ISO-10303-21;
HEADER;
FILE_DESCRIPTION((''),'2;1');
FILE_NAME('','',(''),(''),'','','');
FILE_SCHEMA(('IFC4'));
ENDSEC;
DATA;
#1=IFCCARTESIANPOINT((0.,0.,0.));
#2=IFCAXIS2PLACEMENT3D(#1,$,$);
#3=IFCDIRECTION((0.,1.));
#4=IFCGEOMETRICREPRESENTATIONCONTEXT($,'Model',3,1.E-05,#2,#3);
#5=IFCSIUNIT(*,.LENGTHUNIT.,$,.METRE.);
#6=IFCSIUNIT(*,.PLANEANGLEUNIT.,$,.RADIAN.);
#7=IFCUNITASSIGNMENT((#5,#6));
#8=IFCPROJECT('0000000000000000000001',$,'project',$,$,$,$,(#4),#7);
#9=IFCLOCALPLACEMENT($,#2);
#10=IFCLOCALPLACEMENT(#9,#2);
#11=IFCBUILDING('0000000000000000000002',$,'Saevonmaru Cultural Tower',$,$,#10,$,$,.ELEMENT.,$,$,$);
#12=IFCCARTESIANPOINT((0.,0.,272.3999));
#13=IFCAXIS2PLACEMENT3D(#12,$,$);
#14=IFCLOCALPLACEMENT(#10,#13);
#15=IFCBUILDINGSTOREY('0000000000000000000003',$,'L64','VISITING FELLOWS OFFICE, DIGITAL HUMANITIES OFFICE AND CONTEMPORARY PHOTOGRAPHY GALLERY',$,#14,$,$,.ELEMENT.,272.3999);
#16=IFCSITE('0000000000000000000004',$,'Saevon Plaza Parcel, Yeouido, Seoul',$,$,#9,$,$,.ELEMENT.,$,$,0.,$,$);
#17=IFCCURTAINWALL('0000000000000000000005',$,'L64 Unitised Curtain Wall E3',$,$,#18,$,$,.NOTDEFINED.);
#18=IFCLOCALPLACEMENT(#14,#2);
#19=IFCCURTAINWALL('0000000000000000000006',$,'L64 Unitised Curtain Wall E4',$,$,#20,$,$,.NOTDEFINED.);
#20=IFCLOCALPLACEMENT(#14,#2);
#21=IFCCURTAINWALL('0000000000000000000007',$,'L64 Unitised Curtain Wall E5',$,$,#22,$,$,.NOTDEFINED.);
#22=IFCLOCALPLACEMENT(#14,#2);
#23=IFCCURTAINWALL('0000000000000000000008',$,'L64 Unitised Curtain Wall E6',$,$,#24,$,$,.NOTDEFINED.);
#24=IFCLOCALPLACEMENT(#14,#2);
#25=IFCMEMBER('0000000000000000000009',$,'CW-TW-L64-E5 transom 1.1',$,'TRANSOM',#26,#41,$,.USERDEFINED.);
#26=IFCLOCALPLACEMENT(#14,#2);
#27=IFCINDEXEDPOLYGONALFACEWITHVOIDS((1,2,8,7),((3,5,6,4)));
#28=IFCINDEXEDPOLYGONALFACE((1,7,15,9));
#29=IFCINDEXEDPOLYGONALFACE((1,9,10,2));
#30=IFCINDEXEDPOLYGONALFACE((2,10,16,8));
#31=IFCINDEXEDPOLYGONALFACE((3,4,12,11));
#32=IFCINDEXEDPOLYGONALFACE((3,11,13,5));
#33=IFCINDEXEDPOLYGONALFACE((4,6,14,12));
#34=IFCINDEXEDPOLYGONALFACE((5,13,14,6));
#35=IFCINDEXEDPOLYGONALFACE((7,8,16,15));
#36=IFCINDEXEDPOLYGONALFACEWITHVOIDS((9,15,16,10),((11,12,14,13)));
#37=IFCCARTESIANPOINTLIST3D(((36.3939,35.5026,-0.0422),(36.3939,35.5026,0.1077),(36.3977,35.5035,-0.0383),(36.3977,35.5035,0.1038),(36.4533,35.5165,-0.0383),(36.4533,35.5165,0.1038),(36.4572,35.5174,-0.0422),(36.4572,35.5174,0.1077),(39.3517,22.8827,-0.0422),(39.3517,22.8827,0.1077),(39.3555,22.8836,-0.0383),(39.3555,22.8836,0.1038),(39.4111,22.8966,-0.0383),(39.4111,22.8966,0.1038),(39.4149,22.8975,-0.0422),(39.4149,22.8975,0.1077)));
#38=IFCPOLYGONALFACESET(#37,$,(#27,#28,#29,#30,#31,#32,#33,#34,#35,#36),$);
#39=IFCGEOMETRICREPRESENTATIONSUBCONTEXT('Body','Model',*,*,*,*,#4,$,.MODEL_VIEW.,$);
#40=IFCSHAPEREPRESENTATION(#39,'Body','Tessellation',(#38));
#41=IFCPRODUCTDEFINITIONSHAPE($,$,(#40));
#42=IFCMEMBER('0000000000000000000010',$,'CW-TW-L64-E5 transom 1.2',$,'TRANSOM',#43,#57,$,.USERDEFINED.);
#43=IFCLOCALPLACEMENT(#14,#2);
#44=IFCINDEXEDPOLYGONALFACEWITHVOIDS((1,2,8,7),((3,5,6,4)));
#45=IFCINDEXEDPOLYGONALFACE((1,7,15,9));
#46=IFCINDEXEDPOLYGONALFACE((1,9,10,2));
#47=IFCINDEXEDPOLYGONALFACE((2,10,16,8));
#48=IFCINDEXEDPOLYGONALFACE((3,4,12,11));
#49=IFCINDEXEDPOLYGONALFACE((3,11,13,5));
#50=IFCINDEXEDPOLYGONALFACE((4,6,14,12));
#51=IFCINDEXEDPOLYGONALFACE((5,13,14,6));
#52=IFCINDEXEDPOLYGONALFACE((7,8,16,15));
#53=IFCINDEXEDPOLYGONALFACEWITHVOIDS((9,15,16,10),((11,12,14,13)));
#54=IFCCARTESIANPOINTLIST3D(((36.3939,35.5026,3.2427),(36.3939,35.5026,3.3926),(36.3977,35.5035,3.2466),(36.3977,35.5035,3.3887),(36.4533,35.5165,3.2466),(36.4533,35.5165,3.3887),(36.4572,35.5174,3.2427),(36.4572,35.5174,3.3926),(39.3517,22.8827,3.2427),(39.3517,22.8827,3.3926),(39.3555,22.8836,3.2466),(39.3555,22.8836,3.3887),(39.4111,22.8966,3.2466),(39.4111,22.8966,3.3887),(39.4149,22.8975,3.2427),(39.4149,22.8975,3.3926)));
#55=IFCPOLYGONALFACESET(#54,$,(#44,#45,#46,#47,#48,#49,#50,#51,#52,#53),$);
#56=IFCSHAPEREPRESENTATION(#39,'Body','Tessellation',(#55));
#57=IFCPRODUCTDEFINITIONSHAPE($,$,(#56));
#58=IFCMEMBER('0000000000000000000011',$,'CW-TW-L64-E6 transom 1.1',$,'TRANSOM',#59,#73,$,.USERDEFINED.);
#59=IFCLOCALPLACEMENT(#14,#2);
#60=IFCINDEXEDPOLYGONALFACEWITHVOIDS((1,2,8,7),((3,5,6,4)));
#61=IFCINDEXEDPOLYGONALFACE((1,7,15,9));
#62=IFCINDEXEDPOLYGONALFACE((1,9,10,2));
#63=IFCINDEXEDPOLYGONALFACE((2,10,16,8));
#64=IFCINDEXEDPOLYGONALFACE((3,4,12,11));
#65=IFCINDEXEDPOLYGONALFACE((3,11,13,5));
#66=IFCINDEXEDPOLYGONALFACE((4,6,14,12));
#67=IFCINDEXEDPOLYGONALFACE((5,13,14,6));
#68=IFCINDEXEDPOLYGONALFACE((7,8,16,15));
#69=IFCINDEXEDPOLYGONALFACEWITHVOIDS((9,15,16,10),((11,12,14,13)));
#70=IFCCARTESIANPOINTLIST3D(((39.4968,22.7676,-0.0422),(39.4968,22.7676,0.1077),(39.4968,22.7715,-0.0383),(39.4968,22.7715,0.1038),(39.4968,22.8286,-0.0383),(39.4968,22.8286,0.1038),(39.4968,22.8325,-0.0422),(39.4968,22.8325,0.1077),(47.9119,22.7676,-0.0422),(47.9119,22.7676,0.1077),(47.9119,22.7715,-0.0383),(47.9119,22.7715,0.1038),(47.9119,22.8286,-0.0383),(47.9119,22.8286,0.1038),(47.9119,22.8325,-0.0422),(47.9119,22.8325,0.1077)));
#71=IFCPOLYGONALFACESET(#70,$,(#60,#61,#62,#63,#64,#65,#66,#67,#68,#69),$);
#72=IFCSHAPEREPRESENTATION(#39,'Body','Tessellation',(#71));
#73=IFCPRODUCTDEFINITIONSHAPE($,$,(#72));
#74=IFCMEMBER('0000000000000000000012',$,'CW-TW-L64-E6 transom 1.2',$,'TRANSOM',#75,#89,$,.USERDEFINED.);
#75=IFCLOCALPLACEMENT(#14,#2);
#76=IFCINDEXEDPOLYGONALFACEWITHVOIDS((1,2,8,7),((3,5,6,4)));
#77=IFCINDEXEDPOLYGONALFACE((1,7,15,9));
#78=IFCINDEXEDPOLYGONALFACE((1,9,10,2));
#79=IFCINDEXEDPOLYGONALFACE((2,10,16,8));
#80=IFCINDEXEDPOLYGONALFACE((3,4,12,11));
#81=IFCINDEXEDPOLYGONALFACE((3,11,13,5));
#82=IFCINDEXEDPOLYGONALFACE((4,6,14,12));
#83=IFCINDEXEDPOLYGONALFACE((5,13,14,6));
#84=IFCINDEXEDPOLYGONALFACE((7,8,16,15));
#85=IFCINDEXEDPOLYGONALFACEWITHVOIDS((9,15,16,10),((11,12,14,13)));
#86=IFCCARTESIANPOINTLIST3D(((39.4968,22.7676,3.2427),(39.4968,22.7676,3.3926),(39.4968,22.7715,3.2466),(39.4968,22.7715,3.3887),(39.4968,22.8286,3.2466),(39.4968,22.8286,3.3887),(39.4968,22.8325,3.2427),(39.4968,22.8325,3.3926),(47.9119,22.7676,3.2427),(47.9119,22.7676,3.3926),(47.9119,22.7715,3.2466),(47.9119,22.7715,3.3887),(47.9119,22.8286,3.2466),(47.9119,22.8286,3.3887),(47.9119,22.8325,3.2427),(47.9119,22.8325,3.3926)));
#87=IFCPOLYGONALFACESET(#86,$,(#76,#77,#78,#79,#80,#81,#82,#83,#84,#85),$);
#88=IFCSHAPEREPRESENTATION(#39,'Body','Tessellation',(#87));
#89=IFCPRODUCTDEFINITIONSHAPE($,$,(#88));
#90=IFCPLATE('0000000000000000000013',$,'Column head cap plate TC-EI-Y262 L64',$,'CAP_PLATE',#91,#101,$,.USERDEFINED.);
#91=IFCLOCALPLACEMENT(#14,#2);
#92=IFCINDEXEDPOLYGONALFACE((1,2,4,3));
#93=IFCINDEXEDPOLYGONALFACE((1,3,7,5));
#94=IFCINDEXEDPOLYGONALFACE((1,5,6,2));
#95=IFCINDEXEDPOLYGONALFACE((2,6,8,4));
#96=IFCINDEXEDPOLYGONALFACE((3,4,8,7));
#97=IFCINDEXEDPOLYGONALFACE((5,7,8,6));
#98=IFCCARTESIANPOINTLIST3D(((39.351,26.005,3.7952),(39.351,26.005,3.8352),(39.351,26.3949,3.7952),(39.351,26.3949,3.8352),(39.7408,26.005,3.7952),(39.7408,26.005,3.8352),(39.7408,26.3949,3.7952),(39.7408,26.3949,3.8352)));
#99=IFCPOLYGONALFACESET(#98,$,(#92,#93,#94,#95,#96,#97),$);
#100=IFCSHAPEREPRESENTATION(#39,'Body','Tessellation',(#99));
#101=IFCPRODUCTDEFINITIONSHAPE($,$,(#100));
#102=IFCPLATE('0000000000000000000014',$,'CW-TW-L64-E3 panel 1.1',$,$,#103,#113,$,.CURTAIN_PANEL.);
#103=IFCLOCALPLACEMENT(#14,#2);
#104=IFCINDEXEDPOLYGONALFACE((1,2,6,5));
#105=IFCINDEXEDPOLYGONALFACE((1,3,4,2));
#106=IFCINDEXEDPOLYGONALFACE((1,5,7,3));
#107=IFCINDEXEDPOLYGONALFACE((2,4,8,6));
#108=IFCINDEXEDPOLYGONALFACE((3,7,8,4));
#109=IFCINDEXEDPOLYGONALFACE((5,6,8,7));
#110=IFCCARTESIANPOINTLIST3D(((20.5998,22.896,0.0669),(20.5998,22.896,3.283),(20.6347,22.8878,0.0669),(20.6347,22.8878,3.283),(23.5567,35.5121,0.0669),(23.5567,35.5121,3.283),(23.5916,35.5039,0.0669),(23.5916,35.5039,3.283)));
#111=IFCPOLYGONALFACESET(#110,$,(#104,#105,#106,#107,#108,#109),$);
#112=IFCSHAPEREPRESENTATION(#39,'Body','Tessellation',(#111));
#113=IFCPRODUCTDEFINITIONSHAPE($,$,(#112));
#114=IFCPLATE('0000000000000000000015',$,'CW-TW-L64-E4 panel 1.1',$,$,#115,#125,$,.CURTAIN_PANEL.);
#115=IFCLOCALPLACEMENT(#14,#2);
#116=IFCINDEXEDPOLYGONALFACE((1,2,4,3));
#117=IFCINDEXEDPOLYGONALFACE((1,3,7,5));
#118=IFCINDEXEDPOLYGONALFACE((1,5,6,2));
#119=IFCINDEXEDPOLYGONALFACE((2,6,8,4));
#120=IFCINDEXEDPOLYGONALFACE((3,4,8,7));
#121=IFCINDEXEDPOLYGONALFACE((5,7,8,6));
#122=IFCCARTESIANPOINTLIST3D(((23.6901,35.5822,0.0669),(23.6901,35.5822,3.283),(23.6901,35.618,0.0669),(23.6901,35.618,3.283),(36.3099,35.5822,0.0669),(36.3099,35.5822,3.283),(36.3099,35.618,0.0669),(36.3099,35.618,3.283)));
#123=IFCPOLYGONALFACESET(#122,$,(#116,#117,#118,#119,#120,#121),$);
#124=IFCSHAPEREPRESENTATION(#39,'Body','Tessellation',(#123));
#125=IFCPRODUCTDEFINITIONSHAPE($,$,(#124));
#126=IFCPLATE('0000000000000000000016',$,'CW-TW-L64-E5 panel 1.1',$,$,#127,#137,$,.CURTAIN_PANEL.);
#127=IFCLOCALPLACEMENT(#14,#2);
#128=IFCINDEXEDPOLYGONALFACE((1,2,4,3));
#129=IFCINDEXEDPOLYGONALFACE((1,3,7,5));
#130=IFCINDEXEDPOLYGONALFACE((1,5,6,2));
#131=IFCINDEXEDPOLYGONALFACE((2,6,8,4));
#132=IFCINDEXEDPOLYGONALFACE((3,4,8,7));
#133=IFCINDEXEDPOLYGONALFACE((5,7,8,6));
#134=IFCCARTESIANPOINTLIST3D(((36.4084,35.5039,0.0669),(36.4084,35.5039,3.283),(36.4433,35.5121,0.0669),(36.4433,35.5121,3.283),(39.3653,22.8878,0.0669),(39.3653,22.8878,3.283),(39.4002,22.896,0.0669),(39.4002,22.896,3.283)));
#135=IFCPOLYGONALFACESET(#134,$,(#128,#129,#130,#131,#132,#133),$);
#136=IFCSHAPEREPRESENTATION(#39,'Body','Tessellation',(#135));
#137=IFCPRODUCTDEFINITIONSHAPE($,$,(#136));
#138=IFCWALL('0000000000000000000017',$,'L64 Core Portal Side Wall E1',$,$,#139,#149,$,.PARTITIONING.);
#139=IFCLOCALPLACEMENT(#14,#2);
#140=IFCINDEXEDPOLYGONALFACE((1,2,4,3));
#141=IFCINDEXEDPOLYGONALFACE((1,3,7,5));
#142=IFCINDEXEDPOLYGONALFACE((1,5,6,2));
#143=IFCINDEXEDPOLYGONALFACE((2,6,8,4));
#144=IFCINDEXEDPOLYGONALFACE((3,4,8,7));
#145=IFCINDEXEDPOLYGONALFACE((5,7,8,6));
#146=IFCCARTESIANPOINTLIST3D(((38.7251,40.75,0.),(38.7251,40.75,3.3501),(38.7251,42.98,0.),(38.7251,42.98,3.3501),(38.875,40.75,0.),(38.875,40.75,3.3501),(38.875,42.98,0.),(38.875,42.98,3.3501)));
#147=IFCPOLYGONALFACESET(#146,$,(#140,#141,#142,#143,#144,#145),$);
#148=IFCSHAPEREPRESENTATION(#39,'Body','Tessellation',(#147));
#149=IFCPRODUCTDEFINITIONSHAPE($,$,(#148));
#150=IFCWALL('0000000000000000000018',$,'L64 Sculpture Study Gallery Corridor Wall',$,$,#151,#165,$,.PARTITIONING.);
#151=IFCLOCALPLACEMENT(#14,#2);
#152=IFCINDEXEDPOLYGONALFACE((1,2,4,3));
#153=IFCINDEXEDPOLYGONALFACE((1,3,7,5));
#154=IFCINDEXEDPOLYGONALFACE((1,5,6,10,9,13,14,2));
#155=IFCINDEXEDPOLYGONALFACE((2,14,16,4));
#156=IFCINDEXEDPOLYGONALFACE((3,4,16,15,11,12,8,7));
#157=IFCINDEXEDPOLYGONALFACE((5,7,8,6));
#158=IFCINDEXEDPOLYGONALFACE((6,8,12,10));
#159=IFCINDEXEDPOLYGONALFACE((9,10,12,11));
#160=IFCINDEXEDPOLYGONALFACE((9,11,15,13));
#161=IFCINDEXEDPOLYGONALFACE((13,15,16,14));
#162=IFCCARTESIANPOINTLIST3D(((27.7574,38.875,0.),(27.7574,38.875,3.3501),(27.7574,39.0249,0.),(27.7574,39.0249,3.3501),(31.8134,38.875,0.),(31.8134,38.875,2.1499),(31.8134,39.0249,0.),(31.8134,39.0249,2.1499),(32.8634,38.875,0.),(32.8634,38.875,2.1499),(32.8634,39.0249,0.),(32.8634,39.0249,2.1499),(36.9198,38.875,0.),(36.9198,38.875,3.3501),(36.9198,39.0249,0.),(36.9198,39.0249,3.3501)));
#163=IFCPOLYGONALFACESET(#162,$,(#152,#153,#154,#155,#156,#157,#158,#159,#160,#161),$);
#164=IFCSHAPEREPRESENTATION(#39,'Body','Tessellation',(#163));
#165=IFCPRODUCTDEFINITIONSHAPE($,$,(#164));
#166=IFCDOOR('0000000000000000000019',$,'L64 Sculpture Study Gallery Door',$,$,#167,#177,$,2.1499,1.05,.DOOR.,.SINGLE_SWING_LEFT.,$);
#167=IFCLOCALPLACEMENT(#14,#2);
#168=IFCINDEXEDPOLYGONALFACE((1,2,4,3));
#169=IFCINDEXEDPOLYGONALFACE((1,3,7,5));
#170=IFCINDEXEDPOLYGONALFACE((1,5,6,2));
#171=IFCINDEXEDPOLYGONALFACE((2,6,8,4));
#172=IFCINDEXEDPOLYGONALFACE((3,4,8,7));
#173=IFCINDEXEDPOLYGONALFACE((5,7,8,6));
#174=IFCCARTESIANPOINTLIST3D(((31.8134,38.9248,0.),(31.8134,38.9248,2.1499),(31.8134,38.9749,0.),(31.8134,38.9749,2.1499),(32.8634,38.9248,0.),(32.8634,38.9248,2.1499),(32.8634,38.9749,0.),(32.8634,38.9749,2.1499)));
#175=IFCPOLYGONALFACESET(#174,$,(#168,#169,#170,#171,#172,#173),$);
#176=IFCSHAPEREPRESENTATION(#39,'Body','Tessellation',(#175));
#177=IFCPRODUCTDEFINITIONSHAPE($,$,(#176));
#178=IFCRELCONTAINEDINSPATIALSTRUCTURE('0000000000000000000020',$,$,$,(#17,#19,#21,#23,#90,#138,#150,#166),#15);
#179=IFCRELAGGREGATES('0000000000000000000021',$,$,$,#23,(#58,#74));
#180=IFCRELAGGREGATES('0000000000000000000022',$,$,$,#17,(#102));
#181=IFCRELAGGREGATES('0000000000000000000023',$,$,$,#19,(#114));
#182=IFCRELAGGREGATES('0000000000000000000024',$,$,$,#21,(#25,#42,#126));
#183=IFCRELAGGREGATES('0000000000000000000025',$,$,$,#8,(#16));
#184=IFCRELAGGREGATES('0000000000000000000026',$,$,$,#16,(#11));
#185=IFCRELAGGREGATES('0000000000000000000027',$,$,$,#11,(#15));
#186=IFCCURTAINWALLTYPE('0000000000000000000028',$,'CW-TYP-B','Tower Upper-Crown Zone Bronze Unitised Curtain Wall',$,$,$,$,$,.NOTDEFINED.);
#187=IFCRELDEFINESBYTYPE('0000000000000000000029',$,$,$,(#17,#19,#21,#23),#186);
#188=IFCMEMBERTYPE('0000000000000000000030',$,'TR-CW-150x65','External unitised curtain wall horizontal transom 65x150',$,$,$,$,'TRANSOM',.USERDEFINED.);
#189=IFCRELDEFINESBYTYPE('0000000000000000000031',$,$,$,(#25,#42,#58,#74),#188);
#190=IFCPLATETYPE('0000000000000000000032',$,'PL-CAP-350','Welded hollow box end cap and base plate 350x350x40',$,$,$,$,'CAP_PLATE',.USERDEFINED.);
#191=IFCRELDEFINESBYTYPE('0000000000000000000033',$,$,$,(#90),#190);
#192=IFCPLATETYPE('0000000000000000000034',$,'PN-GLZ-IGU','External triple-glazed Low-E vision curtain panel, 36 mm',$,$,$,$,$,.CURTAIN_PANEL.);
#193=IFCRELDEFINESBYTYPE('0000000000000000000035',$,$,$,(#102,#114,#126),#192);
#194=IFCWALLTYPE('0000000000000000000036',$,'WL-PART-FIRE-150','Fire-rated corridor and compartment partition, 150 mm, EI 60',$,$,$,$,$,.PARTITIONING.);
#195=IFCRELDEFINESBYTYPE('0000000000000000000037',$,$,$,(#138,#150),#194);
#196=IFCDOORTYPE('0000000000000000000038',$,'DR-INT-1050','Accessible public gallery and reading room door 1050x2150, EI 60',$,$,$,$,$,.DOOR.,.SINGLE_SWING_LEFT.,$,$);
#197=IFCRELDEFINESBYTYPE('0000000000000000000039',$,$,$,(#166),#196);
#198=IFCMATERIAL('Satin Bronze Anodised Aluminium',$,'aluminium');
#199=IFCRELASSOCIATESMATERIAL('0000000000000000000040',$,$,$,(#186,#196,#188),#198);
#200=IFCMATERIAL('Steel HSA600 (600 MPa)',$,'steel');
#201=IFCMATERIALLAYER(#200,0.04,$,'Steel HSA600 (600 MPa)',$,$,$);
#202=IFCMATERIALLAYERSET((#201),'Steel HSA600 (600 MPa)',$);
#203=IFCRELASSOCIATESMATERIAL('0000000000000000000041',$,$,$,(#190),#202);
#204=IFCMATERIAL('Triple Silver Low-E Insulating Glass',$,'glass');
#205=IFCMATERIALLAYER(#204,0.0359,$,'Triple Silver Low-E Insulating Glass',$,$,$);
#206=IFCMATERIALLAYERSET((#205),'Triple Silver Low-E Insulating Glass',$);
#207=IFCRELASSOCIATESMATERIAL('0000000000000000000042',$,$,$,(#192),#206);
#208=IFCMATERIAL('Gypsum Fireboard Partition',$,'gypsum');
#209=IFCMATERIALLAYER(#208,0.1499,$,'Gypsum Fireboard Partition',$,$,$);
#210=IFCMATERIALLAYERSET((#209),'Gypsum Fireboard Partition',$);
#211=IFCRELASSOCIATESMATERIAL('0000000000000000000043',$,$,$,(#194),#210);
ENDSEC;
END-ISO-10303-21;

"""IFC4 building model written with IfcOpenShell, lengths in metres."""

from ifc_helpers import new_model, si_unit, direction, frame, frame_2d, origin, origin_2d, place, context, subcontext, project, spatial, rectangle, hollow_rectangle, extrude, material, layer, layer_set, material_profile, profile_set, type_object, element, fill, aggregate, save


model = new_model("IFC4")

# Units and contexts
model_context = context("Model", 3, precision=1e-05, world=origin(), true_north=direction((0.0, 1.0)))
body_context = subcontext(model_context, "Body", "Model", "MODEL_VIEW")
ifc_project = project(units=[si_unit("LENGTHUNIT", "METRE"), si_unit("PLANEANGLEUNIT", "RADIAN")], contexts=[model_context])

# Site, building, storey
site_placement = place(None, origin())
site = spatial("IfcSite", under=ifc_project, at=site_placement, Name="Saevon Plaza Parcel, Yeouido, Seoul", CompositionType="ELEMENT", RefElevation=0.0)
building_placement = place(site_placement, origin())
building = spatial("IfcBuilding", under=site, at=building_placement, Name="Saevonmaru Cultural Tower", CompositionType="ELEMENT")
storey_placement = place(building_placement, frame((0.0, 0.0, 272.3999)))
storey = spatial("IfcBuildingStorey", under=building, at=storey_placement, Name="L64", Description="VISITING FELLOWS OFFICE, DIGITAL HUMANITIES OFFICE AND CONTEMPORARY PHOTOGRAPHY GALLERY", CompositionType="ELEMENT", Elevation=272.3999)

# Shared definitions
ifc_material_1 = material(Name="Steel HSA600 (600 MPa)", Category="steel")

# Curtain wall
ifc_material_2 = material(Name="Satin Bronze Anodised Aluminium", Category="aluminium")
curtain_wall_type = type_object("IfcCurtainWallType", Name="CW-TYP-B", Description="Tower Upper-Crown Zone Bronze Unitised Curtain Wall", PredefinedType="NOTDEFINED", material=ifc_material_2)
curtain_wall_1_placement = place(storey_placement, origin())
curtain_wall_1 = element("IfcCurtainWall", 1, at=curtain_wall_1_placement, inside=storey, type_object=curtain_wall_type, Name="L64 Unitised Curtain Wall E3", PredefinedType="NOTDEFINED")

# Curtain walls
curtain_wall_2_placement = place(storey_placement, origin())
curtain_wall_2 = element("IfcCurtainWall", 2, at=curtain_wall_2_placement, inside=storey, type_object=curtain_wall_type, Name="L64 Unitised Curtain Wall E4", PredefinedType="NOTDEFINED")
curtain_wall_3_placement = place(storey_placement, origin())
curtain_wall_3 = element("IfcCurtainWall", 3, at=curtain_wall_3_placement, inside=storey, type_object=curtain_wall_type, Name="L64 Unitised Curtain Wall E5", PredefinedType="NOTDEFINED")

# Curtain wall
curtain_wall_4_placement = place(storey_placement, origin())
curtain_wall_4 = element("IfcCurtainWall", 4, at=curtain_wall_4_placement, inside=storey, type_object=curtain_wall_type, Name="L64 Unitised Curtain Wall E6", PredefinedType="NOTDEFINED")

# Members
ifc_material_profile_1 = material_profile(ifc_material_2, hollow_rectangle(XDim=0.0649, YDim=0.1499, WallThickness=0.0039, at=origin_2d()), Name="ALU-TRAN-150x65x4")
ifc_profile_set_1 = profile_set([ifc_material_profile_1], Name="Satin Bronze Anodised Aluminium")
member_type_1 = type_object("IfcMemberType", Name="TR-CW-150x65", Description="External unitised curtain wall horizontal transom 65x150", ElementType="TRANSOM", PredefinedType="USERDEFINED", material=ifc_profile_set_1)
member_1_placement = place(storey_placement, frame((36.4255, 35.51, 0.0327), z_axis=(0.22819, -0.973617, 0.0), x_axis=(0.973617, 0.22819, 0.0)))
member_1 = element("IfcMember", 5, at=member_1_placement, type_object=member_type_1, Name="CW-TW-L64-E5 transom 1.1", ObjectType="TRANSOM", PredefinedType="USERDEFINED", context=body_context, shape_type="SweptSolid", body=[
    extrude(hollow_rectangle(XDim=0.0649, YDim=0.1499, WallThickness=0.0039, at=origin_2d()), origin(), (0.0, 0.0, 1.0), 12.9619),
])
member_2_placement = place(storey_placement, frame((36.4255, 35.51, 3.3176), z_axis=(0.22819, -0.973617, 0.0), x_axis=(0.973617, 0.22819, 0.0)))
member_2 = element("IfcMember", 6, at=member_2_placement, type_object=member_type_1, Name="CW-TW-L64-E5 transom 1.2", ObjectType="TRANSOM", PredefinedType="USERDEFINED", context=body_context, shape_type="SweptSolid", body=[
    extrude(hollow_rectangle(XDim=0.0649, YDim=0.1499, WallThickness=0.0039, at=origin_2d()), origin(), (0.0, 0.0, 1.0), 12.9619),
])
member_3_placement = place(storey_placement, frame((39.4968, 22.8, 0.0327), z_axis=(1.0, 0.0, 0.0), x_axis=(0.0, 1.0, 0.0)))
member_3 = element("IfcMember", 7, at=member_3_placement, type_object=member_type_1, Name="CW-TW-L64-E6 transom 1.1", ObjectType="TRANSOM", PredefinedType="USERDEFINED", context=body_context, shape_type="SweptSolid", body=[
    extrude(hollow_rectangle(XDim=0.0649, YDim=0.1499, WallThickness=0.0039, at=origin_2d()), origin(), (0.0, 0.0, 1.0), 8.415),
])
member_4_placement = place(storey_placement, frame((39.4968, 22.8, 3.3176), z_axis=(1.0, 0.0, 0.0), x_axis=(0.0, 1.0, 0.0)))
member_4 = element("IfcMember", 8, at=member_4_placement, type_object=member_type_1, Name="CW-TW-L64-E6 transom 1.2", ObjectType="TRANSOM", PredefinedType="USERDEFINED", context=body_context, shape_type="SweptSolid", body=[
    extrude(hollow_rectangle(XDim=0.0649, YDim=0.1499, WallThickness=0.0039, at=origin_2d()), origin(), (0.0, 0.0, 1.0), 8.415),
])
aggregate(curtain_wall_4, [member_3, member_4])

# Plates
ifc_layer_1 = layer(ifc_material_1, 0.04, Name="Steel HSA600 (600 MPa)")
ifc_layer_set_1 = layer_set([ifc_layer_1], Name="Steel HSA600 (600 MPa)")
plate_type_1 = type_object("IfcPlateType", Name="PL-CAP-350", Description="Welded hollow box end cap and base plate 350x350x40", ElementType="CAP_PLATE", PredefinedType="USERDEFINED", material=ifc_layer_set_1)
plate_1_placement = place(storey_placement, frame((39.5459, 26.2, 3.7952), z_axis=(0.0, 0.0, 1.0), x_axis=(1.0, 0.0, 0.0)))
element("IfcPlate", 9, at=plate_1_placement, inside=storey, type_object=plate_type_1, Name="Column head cap plate TC-EI-Y262 L64", ObjectType="CAP_PLATE", PredefinedType="USERDEFINED", context=body_context, shape_type="SweptSolid", body=[
    extrude(rectangle(XDim=0.3899, YDim=0.3899, at=origin_2d()), origin(), (0.0, 0.0, 1.0), 0.04),
])
ifc_material_3 = material(Name="Triple Silver Low-E Insulating Glass", Category="glass")
ifc_layer_2 = layer(ifc_material_3, 0.0359, Name="Triple Silver Low-E Insulating Glass")
ifc_layer_set_2 = layer_set([ifc_layer_2], Name="Triple Silver Low-E Insulating Glass")
plate_type_2 = type_object("IfcPlateType", Name="PN-GLZ-IGU", Description="External triple-glazed Low-E vision curtain panel, 36 mm", PredefinedType="CURTAIN_PANEL", material=ifc_layer_set_2)
plate_2_placement = place(storey_placement, frame((22.0957, 29.2, 0.0669), z_axis=(0.0, 0.0, 1.0), x_axis=(0.22819, 0.973617, 0.0)))
plate_2 = element("IfcPlate", 10, at=plate_2_placement, type_object=plate_type_2, Name="CW-TW-L64-E3 panel 1.1", PredefinedType="CURTAIN_PANEL", context=body_context, shape_type="SweptSolid", body=[
    extrude(rectangle(XDim=12.958, YDim=0.0359, at=origin_2d()), origin(), (0.0, 0.0, 1.0), 3.2161),
])
aggregate(curtain_wall_1, [plate_2])
plate_3_placement = place(storey_placement, frame((30.0, 35.6001, 0.0669), z_axis=(0.0, 0.0, 1.0), x_axis=(1.0, 0.0, 0.0)))
plate_3 = element("IfcPlate", 11, at=plate_3_placement, type_object=plate_type_2, Name="CW-TW-L64-E4 panel 1.1", PredefinedType="CURTAIN_PANEL", context=body_context, shape_type="SweptSolid", body=[
    extrude(rectangle(XDim=12.6199, YDim=0.0359, at=origin_2d()), origin(), (0.0, 0.0, 1.0), 3.2161),
])
aggregate(curtain_wall_2, [plate_3])
plate_4_placement = place(storey_placement, frame((37.9043, 29.2, 0.0669), z_axis=(0.0, 0.0, 1.0), x_axis=(0.22819, -0.973617, 0.0)))
plate_4 = element("IfcPlate", 12, at=plate_4_placement, type_object=plate_type_2, Name="CW-TW-L64-E5 panel 1.1", PredefinedType="CURTAIN_PANEL", context=body_context, shape_type="SweptSolid", body=[
    extrude(rectangle(XDim=12.958, YDim=0.0359, at=origin_2d()), origin(), (0.0, 0.0, 1.0), 3.2161),
])
aggregate(curtain_wall_3, [member_1, member_2, plate_4])

# Wall
ifc_material_4 = material(Name="Gypsum Fireboard Partition", Category="gypsum")
ifc_layer_3 = layer(ifc_material_4, 0.1499, Name="Gypsum Fireboard Partition")
ifc_layer_set_3 = layer_set([ifc_layer_3], Name="Gypsum Fireboard Partition")
wall_type_1 = type_object("IfcWallType", Name="WL-PART-FIRE-150", Description="Fire-rated corridor and compartment partition, 150 mm, EI 60", PredefinedType="PARTITIONING", material=ifc_layer_set_3)
wall_1_placement = place(storey_placement, frame((38.8, 40.75, 0.0), z_axis=(0.0, 0.0, 1.0), x_axis=(0.0, 1.0, 0.0)))
element("IfcWall", 13, at=wall_1_placement, inside=storey, type_object=wall_type_1, Name="L64 Core Portal Side Wall E1", PredefinedType="PARTITIONING", context=body_context, shape_type="SweptSolid", body=[
    extrude(rectangle(XDim=2.23, YDim=0.1499, at=frame_2d((1.115, 0.0))), origin(), (0.0, 0.0, 1.0), 3.3501),
])

# Wall, opening, door
wall_2_placement = place(storey_placement, frame((27.7576, 38.95, 0.0), z_axis=(0.0, 0.0, 1.0), x_axis=(1.0, 0.0, 0.0)))
wall_2 = element("IfcWall", 14, at=wall_2_placement, inside=storey, type_object=wall_type_1, Name="L64 Sculpture Study Gallery Corridor Wall", PredefinedType="PARTITIONING", context=body_context, shape_type="SweptSolid", body=[
    extrude(rectangle(XDim=9.1624, YDim=0.1499, at=frame_2d((4.5811, 0.0))), origin(), (0.0, 0.0, 1.0), 3.3501),
])
opening_1_placement = place(wall_2_placement, frame((4.0559, 0.0, 0.0)))
opening_1 = element("IfcOpeningElement", 15, at=opening_1_placement, cuts=wall_2, PredefinedType="OPENING", context=body_context, shape_type="SweptSolid", body=[
    extrude(rectangle(XDim=1.05, YDim=2.1499, at=frame_2d((0.5249, 1.075))), frame((0.0, 0.085, 0.0), z_axis=(0.0, -1.0, 0.0), x_axis=(1.0, 0.0, 0.0)), (0.0, 0.0, 1.0), 0.1699),
])
door_type_1 = type_object("IfcDoorType", Name="DR-INT-1050", Description="Accessible public gallery and reading room door 1050x2150, EI 60", OperationType="SINGLE_SWING_LEFT", PredefinedType="DOOR", material=ifc_material_2)
door_1_placement = place(opening_1_placement, origin())
door_1 = element("IfcDoor", 16, at=door_1_placement, inside=storey, type_object=door_type_1, Name="L64 Sculpture Study Gallery Door", OperationType="SINGLE_SWING_LEFT", OverallHeight=2.1499, OverallWidth=1.05, PredefinedType="DOOR", context=body_context, shape_type="SweptSolid", body=[
    extrude(rectangle(XDim=1.05, YDim=2.1499, at=frame_2d((0.5249, 1.075))), frame((0.0, 0.0249, 0.0), z_axis=(0.0, -1.0, 0.0), x_axis=(1.0, 0.0, 0.0)), (0.0, 0.0, 1.0), 0.05),
])
fill(opening_1, door_1)

save(model, "model.ifc")
